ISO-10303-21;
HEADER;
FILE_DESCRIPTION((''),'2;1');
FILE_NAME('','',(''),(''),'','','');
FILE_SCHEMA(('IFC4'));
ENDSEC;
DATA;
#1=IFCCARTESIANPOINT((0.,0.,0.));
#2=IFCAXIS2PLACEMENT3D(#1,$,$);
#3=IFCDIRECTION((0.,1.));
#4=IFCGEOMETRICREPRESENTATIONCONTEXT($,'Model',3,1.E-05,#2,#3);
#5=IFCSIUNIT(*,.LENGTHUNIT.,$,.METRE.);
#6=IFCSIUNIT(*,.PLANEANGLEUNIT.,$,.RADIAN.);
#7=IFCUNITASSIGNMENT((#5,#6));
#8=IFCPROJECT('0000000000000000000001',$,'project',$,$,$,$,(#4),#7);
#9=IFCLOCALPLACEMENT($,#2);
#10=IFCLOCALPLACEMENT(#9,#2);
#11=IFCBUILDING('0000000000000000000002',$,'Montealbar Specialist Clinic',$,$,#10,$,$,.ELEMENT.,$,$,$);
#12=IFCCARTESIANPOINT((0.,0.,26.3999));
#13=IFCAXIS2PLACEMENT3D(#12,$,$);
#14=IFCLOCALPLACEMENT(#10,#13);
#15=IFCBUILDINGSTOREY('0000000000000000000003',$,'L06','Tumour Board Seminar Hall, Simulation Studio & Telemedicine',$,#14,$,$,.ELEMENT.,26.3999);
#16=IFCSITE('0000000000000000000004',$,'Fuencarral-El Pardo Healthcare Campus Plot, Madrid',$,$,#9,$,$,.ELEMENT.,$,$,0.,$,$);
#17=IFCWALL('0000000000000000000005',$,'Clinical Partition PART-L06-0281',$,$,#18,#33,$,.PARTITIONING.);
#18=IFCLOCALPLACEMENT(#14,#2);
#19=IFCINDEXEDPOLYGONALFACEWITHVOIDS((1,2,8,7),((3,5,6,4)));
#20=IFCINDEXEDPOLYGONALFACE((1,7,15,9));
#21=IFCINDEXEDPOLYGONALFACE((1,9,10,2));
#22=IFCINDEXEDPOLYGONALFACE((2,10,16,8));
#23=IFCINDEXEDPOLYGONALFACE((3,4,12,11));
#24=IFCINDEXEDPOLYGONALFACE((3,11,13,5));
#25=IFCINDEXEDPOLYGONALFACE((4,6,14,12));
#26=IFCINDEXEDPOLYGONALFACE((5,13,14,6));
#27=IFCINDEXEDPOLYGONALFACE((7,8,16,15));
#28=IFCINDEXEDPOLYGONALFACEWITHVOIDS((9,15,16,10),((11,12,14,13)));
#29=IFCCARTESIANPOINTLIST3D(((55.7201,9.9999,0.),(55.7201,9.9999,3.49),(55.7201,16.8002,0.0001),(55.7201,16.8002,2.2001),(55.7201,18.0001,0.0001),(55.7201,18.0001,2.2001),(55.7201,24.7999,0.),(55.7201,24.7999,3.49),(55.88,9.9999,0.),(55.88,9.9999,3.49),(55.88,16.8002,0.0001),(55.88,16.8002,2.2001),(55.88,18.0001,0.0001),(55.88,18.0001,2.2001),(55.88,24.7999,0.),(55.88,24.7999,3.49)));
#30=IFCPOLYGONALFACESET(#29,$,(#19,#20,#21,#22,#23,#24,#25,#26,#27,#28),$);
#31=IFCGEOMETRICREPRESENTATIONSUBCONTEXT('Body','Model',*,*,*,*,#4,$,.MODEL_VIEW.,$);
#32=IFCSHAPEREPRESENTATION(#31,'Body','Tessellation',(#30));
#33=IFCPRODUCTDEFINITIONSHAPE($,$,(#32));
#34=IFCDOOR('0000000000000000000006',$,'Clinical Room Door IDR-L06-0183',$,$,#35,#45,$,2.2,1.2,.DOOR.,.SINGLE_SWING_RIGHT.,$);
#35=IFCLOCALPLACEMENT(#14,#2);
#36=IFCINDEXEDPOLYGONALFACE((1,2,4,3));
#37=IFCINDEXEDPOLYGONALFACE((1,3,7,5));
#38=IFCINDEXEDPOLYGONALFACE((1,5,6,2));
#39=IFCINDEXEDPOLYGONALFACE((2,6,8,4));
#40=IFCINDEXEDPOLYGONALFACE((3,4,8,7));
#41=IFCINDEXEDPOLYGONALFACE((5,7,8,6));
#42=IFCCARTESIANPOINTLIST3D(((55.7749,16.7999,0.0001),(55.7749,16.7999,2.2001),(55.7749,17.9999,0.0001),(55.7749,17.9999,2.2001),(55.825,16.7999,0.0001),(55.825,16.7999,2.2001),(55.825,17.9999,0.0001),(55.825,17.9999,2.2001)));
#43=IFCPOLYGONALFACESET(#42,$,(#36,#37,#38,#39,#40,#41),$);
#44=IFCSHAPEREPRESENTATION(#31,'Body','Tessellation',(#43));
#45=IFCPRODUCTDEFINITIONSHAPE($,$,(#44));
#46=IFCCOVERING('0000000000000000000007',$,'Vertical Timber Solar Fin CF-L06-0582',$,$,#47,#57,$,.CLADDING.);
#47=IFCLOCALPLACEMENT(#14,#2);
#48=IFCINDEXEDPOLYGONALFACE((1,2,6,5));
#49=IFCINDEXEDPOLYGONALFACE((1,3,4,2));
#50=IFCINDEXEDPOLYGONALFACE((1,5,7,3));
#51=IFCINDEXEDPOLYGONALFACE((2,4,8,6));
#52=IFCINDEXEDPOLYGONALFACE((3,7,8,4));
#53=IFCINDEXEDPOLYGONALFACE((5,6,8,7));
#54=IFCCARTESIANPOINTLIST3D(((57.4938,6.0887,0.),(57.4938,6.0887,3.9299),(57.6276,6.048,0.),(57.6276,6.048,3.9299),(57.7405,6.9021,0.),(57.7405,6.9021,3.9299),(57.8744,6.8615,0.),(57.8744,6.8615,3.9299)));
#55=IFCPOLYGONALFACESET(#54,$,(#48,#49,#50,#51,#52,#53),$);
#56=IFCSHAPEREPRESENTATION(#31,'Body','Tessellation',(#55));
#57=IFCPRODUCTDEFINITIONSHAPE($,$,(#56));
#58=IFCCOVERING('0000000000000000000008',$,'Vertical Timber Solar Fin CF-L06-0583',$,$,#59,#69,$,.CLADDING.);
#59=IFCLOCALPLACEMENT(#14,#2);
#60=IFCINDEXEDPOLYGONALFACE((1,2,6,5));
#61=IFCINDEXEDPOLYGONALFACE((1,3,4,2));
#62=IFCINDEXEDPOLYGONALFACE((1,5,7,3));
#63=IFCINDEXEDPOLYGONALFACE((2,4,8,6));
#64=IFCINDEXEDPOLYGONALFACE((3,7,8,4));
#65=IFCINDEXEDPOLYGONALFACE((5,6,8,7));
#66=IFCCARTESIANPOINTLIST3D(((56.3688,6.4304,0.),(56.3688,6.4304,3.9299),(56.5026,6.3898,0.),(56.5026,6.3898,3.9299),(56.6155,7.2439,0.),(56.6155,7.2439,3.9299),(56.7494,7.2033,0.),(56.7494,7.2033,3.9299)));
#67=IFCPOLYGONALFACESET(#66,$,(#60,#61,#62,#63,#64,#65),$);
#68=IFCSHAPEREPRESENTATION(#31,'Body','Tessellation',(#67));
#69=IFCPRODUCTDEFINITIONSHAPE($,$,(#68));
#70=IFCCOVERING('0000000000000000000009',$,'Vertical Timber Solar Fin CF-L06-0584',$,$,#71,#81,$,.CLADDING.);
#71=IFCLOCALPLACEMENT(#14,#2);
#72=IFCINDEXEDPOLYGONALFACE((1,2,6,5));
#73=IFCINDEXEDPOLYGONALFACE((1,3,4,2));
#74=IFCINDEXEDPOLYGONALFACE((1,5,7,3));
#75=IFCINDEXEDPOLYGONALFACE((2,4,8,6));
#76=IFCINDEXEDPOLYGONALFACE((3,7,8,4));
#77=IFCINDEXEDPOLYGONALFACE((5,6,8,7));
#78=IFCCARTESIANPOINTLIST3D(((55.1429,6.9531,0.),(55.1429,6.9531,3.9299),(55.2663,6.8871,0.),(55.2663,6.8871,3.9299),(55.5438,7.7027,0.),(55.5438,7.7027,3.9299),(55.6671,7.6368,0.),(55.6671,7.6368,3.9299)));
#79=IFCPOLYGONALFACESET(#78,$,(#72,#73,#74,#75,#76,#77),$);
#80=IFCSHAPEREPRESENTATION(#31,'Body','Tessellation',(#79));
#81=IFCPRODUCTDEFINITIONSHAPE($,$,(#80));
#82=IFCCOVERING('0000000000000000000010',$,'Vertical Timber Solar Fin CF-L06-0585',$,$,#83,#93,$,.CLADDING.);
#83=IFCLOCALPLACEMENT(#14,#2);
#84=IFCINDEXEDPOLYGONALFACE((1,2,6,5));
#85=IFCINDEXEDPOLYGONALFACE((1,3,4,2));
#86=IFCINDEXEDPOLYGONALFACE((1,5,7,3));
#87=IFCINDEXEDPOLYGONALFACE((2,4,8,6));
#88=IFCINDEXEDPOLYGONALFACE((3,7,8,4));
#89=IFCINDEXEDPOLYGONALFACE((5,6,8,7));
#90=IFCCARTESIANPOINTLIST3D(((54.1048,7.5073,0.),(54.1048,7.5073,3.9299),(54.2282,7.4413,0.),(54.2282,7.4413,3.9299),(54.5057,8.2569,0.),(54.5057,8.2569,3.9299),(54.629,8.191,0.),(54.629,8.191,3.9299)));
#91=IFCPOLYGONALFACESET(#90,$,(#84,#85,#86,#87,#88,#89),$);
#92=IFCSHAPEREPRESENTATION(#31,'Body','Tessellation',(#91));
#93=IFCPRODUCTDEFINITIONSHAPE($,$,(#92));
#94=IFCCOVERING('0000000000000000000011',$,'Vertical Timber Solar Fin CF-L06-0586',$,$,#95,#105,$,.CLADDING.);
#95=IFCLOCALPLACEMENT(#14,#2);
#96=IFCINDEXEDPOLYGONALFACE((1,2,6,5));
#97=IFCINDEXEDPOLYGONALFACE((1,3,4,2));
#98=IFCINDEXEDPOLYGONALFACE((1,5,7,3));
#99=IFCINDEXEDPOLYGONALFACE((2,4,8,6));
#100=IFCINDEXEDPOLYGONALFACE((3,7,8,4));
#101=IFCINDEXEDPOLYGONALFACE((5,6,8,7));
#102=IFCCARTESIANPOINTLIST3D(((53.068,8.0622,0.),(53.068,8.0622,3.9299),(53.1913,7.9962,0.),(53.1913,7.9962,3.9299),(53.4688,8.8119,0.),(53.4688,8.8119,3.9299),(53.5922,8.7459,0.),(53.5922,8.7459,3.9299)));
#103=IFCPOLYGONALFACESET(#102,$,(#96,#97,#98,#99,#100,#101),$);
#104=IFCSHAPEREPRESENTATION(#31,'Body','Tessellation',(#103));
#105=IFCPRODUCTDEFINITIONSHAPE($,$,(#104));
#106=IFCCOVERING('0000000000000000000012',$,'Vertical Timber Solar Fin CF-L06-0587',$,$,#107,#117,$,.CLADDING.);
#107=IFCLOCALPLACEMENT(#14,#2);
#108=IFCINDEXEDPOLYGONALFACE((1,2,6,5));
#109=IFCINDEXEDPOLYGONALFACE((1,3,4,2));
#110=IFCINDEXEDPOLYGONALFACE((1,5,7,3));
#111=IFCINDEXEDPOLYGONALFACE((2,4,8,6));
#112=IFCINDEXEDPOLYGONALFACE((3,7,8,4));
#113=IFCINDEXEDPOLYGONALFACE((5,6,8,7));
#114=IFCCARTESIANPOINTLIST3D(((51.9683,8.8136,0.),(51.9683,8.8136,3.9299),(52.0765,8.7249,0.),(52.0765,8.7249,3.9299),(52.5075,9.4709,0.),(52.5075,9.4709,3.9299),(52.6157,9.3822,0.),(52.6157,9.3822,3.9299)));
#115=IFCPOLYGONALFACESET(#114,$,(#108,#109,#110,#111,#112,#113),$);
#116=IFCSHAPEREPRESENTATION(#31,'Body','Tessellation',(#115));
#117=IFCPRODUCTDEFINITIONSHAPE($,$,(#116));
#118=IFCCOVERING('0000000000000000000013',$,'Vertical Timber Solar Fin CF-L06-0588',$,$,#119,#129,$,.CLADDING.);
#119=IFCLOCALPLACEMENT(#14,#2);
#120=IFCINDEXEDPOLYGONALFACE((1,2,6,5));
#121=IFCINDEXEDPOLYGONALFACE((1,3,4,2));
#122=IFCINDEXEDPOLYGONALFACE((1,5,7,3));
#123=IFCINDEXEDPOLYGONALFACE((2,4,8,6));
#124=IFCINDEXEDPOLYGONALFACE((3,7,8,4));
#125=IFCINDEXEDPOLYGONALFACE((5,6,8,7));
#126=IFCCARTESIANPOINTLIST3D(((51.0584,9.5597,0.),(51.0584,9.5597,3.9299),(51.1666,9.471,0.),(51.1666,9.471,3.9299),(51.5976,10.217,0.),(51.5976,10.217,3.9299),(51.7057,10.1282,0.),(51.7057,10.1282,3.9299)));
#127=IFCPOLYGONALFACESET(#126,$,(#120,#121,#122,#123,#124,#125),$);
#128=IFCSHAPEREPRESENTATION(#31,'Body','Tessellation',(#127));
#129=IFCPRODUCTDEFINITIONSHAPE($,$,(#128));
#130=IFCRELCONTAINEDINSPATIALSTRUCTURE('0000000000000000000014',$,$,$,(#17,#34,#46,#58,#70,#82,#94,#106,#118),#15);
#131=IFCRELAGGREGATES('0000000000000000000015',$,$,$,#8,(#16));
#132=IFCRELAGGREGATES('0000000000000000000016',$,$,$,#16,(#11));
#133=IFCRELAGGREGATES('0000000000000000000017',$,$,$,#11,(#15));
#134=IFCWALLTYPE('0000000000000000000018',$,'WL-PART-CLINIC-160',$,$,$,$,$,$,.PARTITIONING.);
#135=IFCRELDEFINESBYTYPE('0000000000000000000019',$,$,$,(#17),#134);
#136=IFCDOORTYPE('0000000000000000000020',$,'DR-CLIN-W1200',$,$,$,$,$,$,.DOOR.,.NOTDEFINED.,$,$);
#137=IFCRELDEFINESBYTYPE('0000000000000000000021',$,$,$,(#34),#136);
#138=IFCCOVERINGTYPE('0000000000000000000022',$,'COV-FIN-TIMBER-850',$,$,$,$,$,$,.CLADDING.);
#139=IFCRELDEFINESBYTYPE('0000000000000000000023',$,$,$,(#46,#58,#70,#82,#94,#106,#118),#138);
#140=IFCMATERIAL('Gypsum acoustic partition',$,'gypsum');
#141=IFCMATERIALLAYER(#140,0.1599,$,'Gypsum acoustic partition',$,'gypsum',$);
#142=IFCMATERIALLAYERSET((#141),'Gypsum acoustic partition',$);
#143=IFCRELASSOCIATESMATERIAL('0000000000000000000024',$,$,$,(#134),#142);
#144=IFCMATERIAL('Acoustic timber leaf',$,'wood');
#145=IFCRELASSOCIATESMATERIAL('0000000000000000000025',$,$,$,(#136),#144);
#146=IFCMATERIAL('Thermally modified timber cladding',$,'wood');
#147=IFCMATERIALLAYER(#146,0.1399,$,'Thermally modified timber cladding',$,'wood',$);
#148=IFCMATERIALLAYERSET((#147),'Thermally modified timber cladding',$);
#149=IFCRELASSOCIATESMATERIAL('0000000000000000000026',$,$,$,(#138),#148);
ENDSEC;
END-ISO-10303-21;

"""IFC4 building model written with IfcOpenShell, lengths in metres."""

from ifc_helpers import new_model, si_unit, direction, frame, frame_2d, origin, origin_2d, place, context, subcontext, project, spatial, rectangle, extrude, material, layer, layer_set, type_object, element, fill, save


model = new_model("IFC4")

# Units and contexts
model_context = context("Model", 3, precision=1e-05, world=origin(), true_north=direction((0.0, 1.0)))
body_context = subcontext(model_context, "Body", "Model", "MODEL_VIEW")
ifc_project = project(units=[si_unit("LENGTHUNIT", "METRE"), si_unit("PLANEANGLEUNIT", "RADIAN")], contexts=[model_context])

# Site, building, storey
site_placement = place(None, origin())
site = spatial("IfcSite", under=ifc_project, at=site_placement, Name="Fuencarral-El Pardo Healthcare Campus Plot, Madrid", CompositionType="ELEMENT", RefElevation=0.0)
building_placement = place(site_placement, origin())
building = spatial("IfcBuilding", under=site, at=building_placement, Name="Montealbar Specialist Clinic", CompositionType="ELEMENT")
storey_placement = place(building_placement, frame((0.0, 0.0, 26.3999)))
storey = spatial("IfcBuildingStorey", under=building, at=storey_placement, Name="L06", Description="Tumour Board Seminar Hall, Simulation Studio & Telemedicine", CompositionType="ELEMENT", Elevation=26.3999)

# Wall, opening, door
ifc_material_1 = material(Name="Gypsum acoustic partition", Category="gypsum")
ifc_layer_1 = layer(ifc_material_1, 0.1599, Name="Gypsum acoustic partition", Category="gypsum")
ifc_layer_set_1 = layer_set([ifc_layer_1], Name="Gypsum acoustic partition")
wall_type = type_object("IfcWallType", Name="WL-PART-CLINIC-160", PredefinedType="PARTITIONING", material=ifc_layer_set_1)
wall_placement = place(storey_placement, frame((55.8, 10.0, 0.0), z_axis=(0.0, 0.0, 1.0), x_axis=(0.0, 1.0, 0.0)))
wall = element("IfcWall", 1, at=wall_placement, inside=storey, type_object=wall_type, Name="Clinical Partition PART-L06-0281", PredefinedType="PARTITIONING", context=body_context, shape_type="SweptSolid", body=[
    extrude(rectangle(XDim=14.8, YDim=0.1599, at=frame_2d((7.3999, 0.0))), origin(), (0.0, 0.0, 1.0), 3.49),
])
opening_placement = place(wall_placement, frame((6.8, 0.0, 0.0)))
opening = element("IfcOpeningElement", 2, at=opening_placement, cuts=wall, PredefinedType="OPENING", context=body_context, shape_type="SweptSolid", body=[
    extrude(rectangle(XDim=1.2, YDim=2.2, at=frame_2d((0.6001, 1.1001))), frame((0.0, 0.0898, 0.0), z_axis=(0.0, -1.0, 0.0), x_axis=(1.0, 0.0, 0.0)), (0.0, 0.0, 1.0), 0.1799),
])
ifc_material_2 = material(Name="Acoustic timber leaf", Category="wood")
door_type = type_object("IfcDoorType", Name="DR-CLIN-W1200", OperationType="NOTDEFINED", PredefinedType="DOOR", material=ifc_material_2)
door_placement = place(opening_placement, frame((1.2, 0.0, 0.0), z_axis=(0.0, 0.0, 1.0), x_axis=(-1.0, 0.0, 0.0)))
door = element("IfcDoor", 3, at=door_placement, inside=storey, type_object=door_type, Name="Clinical Room Door IDR-L06-0183", OperationType="SINGLE_SWING_RIGHT", OverallHeight=2.2, OverallWidth=1.2, PredefinedType="DOOR", context=body_context, shape_type="SweptSolid", body=[
    extrude(rectangle(XDim=1.2, YDim=2.2, at=frame_2d((0.6001, 1.1001))), frame((0.0, 0.0249, 0.0), z_axis=(0.0, -1.0, 0.0), x_axis=(1.0, 0.0, 0.0)), (0.0, 0.0, 1.0), 0.05),
])
fill(opening, door)

# Coverings
ifc_material_3 = material(Name="Thermally modified timber cladding", Category="wood")
ifc_layer_2 = layer(ifc_material_3, 0.1399, Name="Thermally modified timber cladding", Category="wood")
ifc_layer_set_2 = layer_set([ifc_layer_2], Name="Thermally modified timber cladding")
covering_type = type_object("IfcCoveringType", Name="COV-FIN-TIMBER-850", PredefinedType="CLADDING", material=ifc_layer_set_2)
for number, where, z_axis, x_axis, name in (
    (4, (57.6841, 6.4751, 0.0), (0.0, 0.0, 1.0), (-0.290259, -0.956948, 0.0), "Vertical Timber Solar Fin CF-L06-0582"),
    (5, (56.5591, 6.8169, 0.0), (0.0, 0.0, 1.0), (-0.290259, -0.956948, 0.0), "Vertical Timber Solar Fin CF-L06-0583"),
    (6, (55.405, 7.2949, 0.0), (0.0, 0.0, 1.0), (-0.471529, -0.88185, 0.0), "Vertical Timber Solar Fin CF-L06-0584"),
    (7, (54.3669, 7.8491, 0.0), (0.0, 0.0, 1.0), (-0.471529, -0.88185, 0.0), "Vertical Timber Solar Fin CF-L06-0585"),
    (8, (53.3301, 8.4041, 0.0), (0.0, 0.0, 1.0), (-0.471529, -0.88185, 0.0), "Vertical Timber Solar Fin CF-L06-0586"),
    (9, (52.292, 9.0979, 0.0), (0.0, 0.0, 1.0), (-0.634256, -0.773123, 0.0), "Vertical Timber Solar Fin CF-L06-0587"),
    (10, (51.3821, 9.844, 0.0), (0.0, 0.0, 1.0), (-0.634256, -0.773123, 0.0), "Vertical Timber Solar Fin CF-L06-0588"),
):
    element("IfcCovering", number, at=place(storey_placement, frame(where, z_axis=z_axis, x_axis=x_axis)), inside=storey, type_object=covering_type, Name=name, PredefinedType="CLADDING", context=body_context, shape_type="SweptSolid", body=[
        extrude(rectangle(XDim=0.8501, YDim=0.1399, at=origin_2d()), origin(), (0.0, 0.0, 1.0), 3.9299),
    ])

save(model, "model.ifc")
